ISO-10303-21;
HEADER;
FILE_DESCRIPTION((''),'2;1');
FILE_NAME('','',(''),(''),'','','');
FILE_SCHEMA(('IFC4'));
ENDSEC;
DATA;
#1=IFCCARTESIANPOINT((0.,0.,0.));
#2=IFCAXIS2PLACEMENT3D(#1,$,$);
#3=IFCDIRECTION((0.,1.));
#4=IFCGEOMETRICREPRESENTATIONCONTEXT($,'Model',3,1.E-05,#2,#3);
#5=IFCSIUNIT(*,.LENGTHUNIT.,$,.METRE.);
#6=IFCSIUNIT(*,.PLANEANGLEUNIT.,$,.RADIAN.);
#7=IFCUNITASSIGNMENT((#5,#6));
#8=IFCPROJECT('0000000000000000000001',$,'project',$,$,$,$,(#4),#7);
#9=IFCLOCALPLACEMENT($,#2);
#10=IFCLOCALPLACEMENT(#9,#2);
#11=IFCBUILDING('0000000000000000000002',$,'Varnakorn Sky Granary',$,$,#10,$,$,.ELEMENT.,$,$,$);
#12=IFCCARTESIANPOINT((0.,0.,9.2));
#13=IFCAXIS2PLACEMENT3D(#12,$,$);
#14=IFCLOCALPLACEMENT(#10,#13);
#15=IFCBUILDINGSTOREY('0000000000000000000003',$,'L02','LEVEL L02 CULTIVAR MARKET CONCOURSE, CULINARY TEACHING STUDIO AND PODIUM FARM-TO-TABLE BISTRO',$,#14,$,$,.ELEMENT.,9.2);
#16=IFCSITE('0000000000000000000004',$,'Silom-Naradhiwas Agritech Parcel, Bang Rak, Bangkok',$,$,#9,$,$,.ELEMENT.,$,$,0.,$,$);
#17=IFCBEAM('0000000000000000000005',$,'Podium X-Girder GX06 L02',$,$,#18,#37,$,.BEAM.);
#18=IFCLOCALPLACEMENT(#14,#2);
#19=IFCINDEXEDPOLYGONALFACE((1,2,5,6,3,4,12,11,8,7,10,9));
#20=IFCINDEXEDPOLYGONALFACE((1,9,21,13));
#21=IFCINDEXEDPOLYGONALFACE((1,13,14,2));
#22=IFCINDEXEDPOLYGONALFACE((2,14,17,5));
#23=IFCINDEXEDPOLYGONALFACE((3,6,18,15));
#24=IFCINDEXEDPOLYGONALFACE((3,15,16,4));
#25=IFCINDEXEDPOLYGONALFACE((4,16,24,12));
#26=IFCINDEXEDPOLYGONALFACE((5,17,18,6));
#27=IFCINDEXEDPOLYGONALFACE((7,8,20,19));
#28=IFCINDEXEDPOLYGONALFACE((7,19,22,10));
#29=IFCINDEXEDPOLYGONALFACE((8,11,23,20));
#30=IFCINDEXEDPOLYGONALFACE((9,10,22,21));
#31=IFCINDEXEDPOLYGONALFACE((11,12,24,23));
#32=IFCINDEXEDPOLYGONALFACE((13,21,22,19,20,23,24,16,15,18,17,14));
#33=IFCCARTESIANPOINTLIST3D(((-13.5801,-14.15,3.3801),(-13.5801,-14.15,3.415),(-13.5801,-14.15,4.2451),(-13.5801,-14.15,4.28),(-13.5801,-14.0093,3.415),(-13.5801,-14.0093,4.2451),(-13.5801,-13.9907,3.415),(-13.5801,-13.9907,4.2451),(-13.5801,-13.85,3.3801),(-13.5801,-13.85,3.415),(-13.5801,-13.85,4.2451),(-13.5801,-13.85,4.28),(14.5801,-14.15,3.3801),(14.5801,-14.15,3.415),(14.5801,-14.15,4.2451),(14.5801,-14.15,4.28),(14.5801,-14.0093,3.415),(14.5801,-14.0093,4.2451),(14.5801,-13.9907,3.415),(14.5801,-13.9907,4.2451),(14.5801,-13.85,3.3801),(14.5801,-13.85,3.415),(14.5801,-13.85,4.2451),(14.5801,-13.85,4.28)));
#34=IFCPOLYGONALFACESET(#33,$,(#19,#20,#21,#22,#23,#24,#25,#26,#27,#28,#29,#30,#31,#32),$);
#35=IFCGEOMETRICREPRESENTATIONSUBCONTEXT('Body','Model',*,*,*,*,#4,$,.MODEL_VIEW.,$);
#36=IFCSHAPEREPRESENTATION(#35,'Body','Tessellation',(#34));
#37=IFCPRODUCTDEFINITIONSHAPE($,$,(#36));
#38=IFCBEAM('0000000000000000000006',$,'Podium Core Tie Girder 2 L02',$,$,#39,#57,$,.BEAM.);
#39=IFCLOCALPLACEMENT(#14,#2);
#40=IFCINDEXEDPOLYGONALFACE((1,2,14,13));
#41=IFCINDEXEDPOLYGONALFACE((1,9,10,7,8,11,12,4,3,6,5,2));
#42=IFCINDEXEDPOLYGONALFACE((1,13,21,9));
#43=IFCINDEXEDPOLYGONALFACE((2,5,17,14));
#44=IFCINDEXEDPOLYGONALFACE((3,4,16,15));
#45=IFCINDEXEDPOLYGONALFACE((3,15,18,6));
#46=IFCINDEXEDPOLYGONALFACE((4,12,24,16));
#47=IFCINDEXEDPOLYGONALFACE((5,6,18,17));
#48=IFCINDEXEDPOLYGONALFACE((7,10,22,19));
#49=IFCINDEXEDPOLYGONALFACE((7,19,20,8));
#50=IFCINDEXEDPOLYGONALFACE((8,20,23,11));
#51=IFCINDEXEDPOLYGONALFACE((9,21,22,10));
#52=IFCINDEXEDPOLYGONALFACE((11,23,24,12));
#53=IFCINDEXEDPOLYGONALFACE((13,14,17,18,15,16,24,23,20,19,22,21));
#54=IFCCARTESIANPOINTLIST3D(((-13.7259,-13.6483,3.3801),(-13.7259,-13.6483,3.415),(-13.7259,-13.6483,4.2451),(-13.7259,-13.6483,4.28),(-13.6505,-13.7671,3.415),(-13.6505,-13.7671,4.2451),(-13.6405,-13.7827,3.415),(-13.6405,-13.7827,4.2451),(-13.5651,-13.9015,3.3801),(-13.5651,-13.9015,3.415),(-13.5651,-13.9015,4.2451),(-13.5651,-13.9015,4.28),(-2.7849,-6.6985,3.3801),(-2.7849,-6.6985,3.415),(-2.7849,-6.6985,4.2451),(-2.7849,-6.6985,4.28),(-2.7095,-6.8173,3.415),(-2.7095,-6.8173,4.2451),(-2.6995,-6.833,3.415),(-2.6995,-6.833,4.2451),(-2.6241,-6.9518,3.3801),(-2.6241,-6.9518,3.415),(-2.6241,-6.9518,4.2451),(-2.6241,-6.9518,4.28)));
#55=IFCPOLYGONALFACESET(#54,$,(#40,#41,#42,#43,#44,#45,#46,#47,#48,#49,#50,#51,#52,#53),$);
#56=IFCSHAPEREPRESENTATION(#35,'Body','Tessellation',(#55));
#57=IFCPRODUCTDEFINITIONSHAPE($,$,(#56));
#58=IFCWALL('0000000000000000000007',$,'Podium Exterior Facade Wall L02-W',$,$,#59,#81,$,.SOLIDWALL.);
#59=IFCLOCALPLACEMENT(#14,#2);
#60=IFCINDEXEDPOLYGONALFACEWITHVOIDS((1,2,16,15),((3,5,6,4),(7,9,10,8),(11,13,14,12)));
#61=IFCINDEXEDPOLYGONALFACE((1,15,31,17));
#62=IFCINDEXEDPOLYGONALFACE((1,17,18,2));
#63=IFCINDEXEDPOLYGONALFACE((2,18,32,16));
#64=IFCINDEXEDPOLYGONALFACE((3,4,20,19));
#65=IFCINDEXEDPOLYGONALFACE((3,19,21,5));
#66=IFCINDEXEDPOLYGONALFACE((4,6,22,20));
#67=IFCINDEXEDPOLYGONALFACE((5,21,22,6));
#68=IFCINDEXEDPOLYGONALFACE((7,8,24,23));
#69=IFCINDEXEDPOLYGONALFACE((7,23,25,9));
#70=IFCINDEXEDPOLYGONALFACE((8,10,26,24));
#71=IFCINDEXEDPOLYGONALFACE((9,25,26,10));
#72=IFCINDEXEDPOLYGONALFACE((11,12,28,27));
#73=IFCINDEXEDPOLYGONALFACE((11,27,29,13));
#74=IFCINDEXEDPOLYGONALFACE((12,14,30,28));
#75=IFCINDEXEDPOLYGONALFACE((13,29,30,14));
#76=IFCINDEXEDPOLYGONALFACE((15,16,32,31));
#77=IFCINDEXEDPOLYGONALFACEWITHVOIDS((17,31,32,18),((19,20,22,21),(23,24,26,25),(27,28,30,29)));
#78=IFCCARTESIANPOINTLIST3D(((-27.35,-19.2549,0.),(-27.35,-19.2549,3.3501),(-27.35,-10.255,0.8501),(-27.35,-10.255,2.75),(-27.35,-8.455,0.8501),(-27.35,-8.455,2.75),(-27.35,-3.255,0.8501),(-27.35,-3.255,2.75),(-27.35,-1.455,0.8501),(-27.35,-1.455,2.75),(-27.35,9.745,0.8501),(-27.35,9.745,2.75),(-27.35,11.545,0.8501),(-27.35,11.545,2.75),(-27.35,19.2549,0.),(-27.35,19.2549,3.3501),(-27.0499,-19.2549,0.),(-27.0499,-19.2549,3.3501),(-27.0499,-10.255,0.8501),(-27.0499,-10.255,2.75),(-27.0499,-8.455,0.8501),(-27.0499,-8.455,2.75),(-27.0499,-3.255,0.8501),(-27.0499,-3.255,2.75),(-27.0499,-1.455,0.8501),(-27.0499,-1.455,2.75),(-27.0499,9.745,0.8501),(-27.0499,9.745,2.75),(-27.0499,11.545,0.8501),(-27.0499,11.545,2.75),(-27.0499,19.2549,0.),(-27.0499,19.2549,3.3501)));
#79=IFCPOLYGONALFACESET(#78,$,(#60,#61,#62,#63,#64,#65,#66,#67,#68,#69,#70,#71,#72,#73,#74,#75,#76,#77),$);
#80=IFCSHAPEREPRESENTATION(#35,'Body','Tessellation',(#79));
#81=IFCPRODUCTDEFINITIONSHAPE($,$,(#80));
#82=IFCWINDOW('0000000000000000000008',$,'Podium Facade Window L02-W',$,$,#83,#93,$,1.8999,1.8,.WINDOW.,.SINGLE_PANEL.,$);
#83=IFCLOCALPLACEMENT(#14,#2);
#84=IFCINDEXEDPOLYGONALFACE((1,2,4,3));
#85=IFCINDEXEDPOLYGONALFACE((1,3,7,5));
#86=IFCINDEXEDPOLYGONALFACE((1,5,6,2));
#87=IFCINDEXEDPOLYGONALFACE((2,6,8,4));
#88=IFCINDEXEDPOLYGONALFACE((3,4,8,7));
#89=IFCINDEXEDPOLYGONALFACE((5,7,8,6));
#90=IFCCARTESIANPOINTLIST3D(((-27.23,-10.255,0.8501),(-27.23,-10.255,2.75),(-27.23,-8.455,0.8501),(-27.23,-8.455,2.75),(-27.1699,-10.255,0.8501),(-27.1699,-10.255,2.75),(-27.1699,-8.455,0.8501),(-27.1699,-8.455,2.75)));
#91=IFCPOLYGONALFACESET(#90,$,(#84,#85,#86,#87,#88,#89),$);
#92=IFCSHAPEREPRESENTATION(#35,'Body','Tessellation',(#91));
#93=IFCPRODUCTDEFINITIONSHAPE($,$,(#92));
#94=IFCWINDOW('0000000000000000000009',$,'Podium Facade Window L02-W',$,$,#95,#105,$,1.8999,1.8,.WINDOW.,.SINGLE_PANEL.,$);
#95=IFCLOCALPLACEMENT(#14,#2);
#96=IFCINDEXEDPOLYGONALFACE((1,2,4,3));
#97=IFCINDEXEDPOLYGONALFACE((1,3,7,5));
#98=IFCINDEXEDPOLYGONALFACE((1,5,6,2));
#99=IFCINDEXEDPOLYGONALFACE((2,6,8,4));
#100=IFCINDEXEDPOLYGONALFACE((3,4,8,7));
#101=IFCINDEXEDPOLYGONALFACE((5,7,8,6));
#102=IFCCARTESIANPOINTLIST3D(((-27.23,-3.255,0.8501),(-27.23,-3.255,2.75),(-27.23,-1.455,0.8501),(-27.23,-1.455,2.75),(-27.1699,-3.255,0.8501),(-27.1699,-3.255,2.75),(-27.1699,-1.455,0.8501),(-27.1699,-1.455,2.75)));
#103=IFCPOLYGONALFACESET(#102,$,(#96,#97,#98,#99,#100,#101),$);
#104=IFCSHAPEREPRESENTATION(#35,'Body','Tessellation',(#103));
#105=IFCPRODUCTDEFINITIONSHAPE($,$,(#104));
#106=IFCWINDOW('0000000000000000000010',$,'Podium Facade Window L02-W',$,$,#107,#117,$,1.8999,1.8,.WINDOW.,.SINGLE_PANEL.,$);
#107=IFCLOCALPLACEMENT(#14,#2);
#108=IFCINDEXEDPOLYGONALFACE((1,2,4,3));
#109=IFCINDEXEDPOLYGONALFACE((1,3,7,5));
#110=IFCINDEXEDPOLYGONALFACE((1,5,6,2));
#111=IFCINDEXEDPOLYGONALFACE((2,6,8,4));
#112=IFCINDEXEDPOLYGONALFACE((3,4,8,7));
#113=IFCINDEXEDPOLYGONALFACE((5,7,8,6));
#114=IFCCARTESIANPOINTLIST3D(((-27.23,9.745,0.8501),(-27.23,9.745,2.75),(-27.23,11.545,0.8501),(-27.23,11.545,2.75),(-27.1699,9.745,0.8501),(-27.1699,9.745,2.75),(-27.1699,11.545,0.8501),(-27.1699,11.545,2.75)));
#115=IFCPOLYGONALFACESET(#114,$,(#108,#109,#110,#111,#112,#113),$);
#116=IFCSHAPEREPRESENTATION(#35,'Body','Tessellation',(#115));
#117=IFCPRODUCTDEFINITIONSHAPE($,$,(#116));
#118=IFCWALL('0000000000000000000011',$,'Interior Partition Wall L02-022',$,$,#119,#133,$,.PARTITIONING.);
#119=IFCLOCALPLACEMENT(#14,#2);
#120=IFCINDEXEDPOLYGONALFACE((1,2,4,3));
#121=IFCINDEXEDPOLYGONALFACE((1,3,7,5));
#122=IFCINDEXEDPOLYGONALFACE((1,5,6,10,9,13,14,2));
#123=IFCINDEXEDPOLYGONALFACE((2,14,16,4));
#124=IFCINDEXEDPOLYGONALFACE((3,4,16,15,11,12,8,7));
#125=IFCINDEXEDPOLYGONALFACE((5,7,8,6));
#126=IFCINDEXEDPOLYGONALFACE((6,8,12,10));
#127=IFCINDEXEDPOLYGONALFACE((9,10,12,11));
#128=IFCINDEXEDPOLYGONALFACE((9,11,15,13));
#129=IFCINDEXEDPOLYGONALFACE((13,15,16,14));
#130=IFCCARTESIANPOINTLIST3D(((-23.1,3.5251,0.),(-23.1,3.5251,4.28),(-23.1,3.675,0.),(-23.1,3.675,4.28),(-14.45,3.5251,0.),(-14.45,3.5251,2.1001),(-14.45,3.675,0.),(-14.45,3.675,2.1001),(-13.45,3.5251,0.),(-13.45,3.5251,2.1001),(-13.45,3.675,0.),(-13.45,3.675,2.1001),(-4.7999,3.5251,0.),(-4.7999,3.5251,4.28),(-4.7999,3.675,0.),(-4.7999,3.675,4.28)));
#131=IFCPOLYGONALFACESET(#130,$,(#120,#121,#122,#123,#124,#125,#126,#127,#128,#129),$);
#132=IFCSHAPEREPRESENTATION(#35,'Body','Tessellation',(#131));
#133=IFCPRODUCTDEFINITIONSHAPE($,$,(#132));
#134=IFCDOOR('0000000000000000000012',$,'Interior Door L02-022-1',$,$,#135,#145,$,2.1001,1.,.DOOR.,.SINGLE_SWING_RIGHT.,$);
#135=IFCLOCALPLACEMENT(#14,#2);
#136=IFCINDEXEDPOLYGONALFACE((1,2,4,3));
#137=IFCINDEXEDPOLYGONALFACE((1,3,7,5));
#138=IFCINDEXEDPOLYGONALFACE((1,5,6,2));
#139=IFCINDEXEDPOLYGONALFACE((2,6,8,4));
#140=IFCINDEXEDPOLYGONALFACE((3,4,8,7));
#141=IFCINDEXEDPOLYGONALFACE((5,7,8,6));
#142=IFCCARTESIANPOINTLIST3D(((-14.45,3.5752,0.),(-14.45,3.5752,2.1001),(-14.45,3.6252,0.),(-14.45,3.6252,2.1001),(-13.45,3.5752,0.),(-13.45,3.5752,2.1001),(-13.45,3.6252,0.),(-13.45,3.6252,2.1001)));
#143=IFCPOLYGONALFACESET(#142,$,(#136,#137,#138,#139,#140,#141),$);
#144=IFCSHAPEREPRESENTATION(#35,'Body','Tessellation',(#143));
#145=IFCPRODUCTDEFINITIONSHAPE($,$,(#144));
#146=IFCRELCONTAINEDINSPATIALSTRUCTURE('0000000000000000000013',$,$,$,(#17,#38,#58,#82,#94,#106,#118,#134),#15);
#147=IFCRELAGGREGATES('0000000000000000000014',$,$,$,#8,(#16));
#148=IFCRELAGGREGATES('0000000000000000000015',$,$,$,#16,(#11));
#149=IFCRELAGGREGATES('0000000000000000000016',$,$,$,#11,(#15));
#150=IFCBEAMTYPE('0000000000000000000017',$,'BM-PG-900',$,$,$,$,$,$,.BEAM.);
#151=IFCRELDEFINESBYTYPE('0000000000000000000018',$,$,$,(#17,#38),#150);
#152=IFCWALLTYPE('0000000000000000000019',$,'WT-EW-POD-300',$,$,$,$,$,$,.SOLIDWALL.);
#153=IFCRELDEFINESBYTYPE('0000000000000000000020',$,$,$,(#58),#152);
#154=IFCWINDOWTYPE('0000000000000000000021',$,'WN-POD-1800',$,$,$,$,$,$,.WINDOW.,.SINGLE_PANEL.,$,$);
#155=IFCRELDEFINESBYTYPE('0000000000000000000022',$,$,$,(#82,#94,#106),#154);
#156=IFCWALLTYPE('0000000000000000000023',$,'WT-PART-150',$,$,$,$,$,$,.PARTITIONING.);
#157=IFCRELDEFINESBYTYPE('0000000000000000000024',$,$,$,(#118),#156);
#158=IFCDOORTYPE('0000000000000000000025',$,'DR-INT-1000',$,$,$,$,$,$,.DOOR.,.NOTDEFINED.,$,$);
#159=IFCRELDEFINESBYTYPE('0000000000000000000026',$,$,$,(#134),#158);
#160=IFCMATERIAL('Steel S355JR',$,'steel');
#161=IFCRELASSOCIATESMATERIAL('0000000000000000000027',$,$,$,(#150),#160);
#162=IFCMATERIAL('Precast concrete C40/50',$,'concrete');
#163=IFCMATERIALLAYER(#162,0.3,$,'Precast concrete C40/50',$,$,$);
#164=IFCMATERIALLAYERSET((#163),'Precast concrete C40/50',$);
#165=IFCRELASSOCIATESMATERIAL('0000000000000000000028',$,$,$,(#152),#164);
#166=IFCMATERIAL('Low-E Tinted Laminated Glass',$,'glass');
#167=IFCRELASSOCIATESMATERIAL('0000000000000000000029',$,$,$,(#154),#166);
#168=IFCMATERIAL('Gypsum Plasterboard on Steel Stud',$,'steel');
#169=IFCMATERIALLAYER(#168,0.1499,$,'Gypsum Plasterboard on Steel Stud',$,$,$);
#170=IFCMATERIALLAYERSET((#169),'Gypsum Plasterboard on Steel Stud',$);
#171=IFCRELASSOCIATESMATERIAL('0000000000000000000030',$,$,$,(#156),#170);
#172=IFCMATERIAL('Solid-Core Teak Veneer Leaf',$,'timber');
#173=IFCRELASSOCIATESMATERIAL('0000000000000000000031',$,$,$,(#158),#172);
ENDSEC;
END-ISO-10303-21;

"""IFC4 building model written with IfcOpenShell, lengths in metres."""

from ifc_helpers import new_model, si_unit, direction, frame, frame_2d, origin, origin_2d, place, context, subcontext, project, spatial, rectangle, i_section, extrude, material, layer, layer_set, material_profile, profile_set, type_object, element, fill, save


model = new_model("IFC4")

# Units and contexts
model_context = context("Model", 3, precision=1e-05, world=origin(), true_north=direction((0.0, 1.0)))
body_context = subcontext(model_context, "Body", "Model", "MODEL_VIEW")
ifc_project = project(units=[si_unit("LENGTHUNIT", "METRE"), si_unit("PLANEANGLEUNIT", "RADIAN")], contexts=[model_context])

# Site, building, storey
site_placement = place(None, origin())
site = spatial("IfcSite", under=ifc_project, at=site_placement, Name="Silom-Naradhiwas Agritech Parcel, Bang Rak, Bangkok", CompositionType="ELEMENT", RefElevation=0.0)
building_placement = place(site_placement, origin())
building = spatial("IfcBuilding", under=site, at=building_placement, Name="Varnakorn Sky Granary", CompositionType="ELEMENT")
storey_placement = place(building_placement, frame((0.0, 0.0, 9.2)))
storey = spatial("IfcBuildingStorey", under=building, at=storey_placement, Name="L02", Description="LEVEL L02 CULTIVAR MARKET CONCOURSE, CULINARY TEACHING STUDIO AND PODIUM FARM-TO-TABLE BISTRO", CompositionType="ELEMENT", Elevation=9.2)

# Beams
ifc_material_1 = material(Name="Steel S355JR", Category="steel")
ifc_material_profile_1 = material_profile(ifc_material_1, i_section(OverallWidth=0.3, OverallDepth=0.8999, WebThickness=0.0186, FlangeThickness=0.0349, at=origin_2d()), Name="HE 900 B")
ifc_profile_set_1 = profile_set([ifc_material_profile_1], Name="Steel S355JR")
beam_type_1 = type_object("IfcBeamType", Name="BM-PG-900", PredefinedType="BEAM", material=ifc_profile_set_1)
for number, where, z_axis, x_axis, name in (
    (1, (-13.5801, -14.0, 3.8301), (1.0, 0.0, 0.0), (0.0, 1.0, 0.0), "Podium X-Girder GX06 L02"),
):
    element("IfcBeam", number, at=place(storey_placement, frame(where, z_axis=z_axis, x_axis=x_axis)), inside=storey, type_object=beam_type_1, Name=name, PredefinedType="BEAM", context=body_context, shape_type="SweptSolid", body=[
        extrude(i_section(OverallWidth=0.3, OverallDepth=0.8999, WebThickness=0.0186, FlangeThickness=0.0349, at=origin_2d()), origin(), (0.0, 0.0, 1.0), 28.1602),
    ])
beam_1_placement = place(storey_placement, frame((-13.6455, -13.7749, 3.8301), z_axis=(0.844105, 0.536178, 0.0), x_axis=(-0.536178, 0.844105, 0.0)))
element("IfcBeam", 2, at=beam_1_placement, inside=storey, type_object=beam_type_1, Name="Podium Core Tie Girder 2 L02", PredefinedType="BEAM", context=body_context, shape_type="SweptSolid", body=[
    extrude(i_section(OverallWidth=0.3, OverallDepth=0.8999, WebThickness=0.0186, FlangeThickness=0.0349, at=origin_2d()), origin(), (0.0, 0.0, 1.0), 12.9617),
])

# Wall, openings, windows
ifc_material_2 = material(Name="Precast concrete C40/50", Category="concrete")
ifc_layer_1 = layer(ifc_material_2, 0.3, Name="Precast concrete C40/50")
ifc_layer_set_1 = layer_set([ifc_layer_1], Name="Precast concrete C40/50")
wall_type_1 = type_object("IfcWallType", Name="WT-EW-POD-300", PredefinedType="SOLIDWALL", material=ifc_layer_set_1)
wall_1_placement = place(storey_placement, frame((-27.2, -19.2549, 0.0), z_axis=(0.0, 0.0, 1.0), x_axis=(0.0, 1.0, 0.0)))
wall_1 = element("IfcWall", 3, at=wall_1_placement, inside=storey, type_object=wall_type_1, Name="Podium Exterior Facade Wall L02-W", PredefinedType="SOLIDWALL", context=body_context, shape_type="SweptSolid", body=[
    extrude(rectangle(XDim=38.5098, YDim=0.3, at=frame_2d((19.2549, 0.0))), origin(), (0.0, 0.0, 1.0), 3.3501),
])
opening_1_placement = place(wall_1_placement, frame((9.0, 0.0, 0.8501)))
opening_1 = element("IfcOpeningElement", 4, at=opening_1_placement, cuts=wall_1, PredefinedType="OPENING", context=body_context, shape_type="SweptSolid", body=[
    extrude(rectangle(XDim=1.8, YDim=1.8999, at=frame_2d((0.8999, 0.95))), frame((0.0, 0.1602, 0.0), z_axis=(0.0, -1.0, 0.0), x_axis=(1.0, 0.0, 0.0)), (0.0, 0.0, 1.0), 0.3201),
])
opening_2_placement = place(wall_1_placement, frame((16.0, 0.0, 0.8501)))
opening_2 = element("IfcOpeningElement", 5, at=opening_2_placement, cuts=wall_1, PredefinedType="OPENING", context=body_context, shape_type="SweptSolid", body=[
    extrude(rectangle(XDim=1.8, YDim=1.8999, at=frame_2d((0.8999, 0.95))), frame((0.0, 0.1602, 0.0), z_axis=(0.0, -1.0, 0.0), x_axis=(1.0, 0.0, 0.0)), (0.0, 0.0, 1.0), 0.3201),
])
opening_3_placement = place(wall_1_placement, frame((29.0, 0.0, 0.8501)))
opening_3 = element("IfcOpeningElement", 6, at=opening_3_placement, cuts=wall_1, PredefinedType="OPENING", context=body_context, shape_type="SweptSolid", body=[
    extrude(rectangle(XDim=1.8, YDim=1.8999, at=frame_2d((0.8999, 0.95))), frame((0.0, 0.1602, 0.0), z_axis=(0.0, -1.0, 0.0), x_axis=(1.0, 0.0, 0.0)), (0.0, 0.0, 1.0), 0.3201),
])
ifc_material_3 = material(Name="Low-E Tinted Laminated Glass", Category="glass")
window_type = type_object("IfcWindowType", Name="WN-POD-1800", PartitioningType="SINGLE_PANEL", PredefinedType="WINDOW", material=ifc_material_3)
window_1_placement = place(opening_1_placement, origin())
window_1 = element("IfcWindow", 7, at=window_1_placement, inside=storey, type_object=window_type, Name="Podium Facade Window L02-W", OverallHeight=1.8999, OverallWidth=1.8, PartitioningType="SINGLE_PANEL", PredefinedType="WINDOW", context=body_context, shape_type="SweptSolid", body=[
    extrude(rectangle(XDim=1.8, YDim=1.8999, at=frame_2d((0.8999, 0.95))), frame((0.0, 0.03, 0.0), z_axis=(0.0, -1.0, 0.0), x_axis=(1.0, 0.0, 0.0)), (0.0, 0.0, 1.0), 0.0601),
])
fill(opening_1, window_1)
window_2_placement = place(opening_2_placement, origin())
window_2 = element("IfcWindow", 8, at=window_2_placement, inside=storey, type_object=window_type, Name="Podium Facade Window L02-W", OverallHeight=1.8999, OverallWidth=1.8, PartitioningType="SINGLE_PANEL", PredefinedType="WINDOW", context=body_context, shape_type="SweptSolid", body=[
    extrude(rectangle(XDim=1.8, YDim=1.8999, at=frame_2d((0.8999, 0.95))), frame((0.0, 0.03, 0.0), z_axis=(0.0, -1.0, 0.0), x_axis=(1.0, 0.0, 0.0)), (0.0, 0.0, 1.0), 0.0601),
])
fill(opening_2, window_2)
window_3_placement = place(opening_3_placement, origin())
window_3 = element("IfcWindow", 9, at=window_3_placement, inside=storey, type_object=window_type, Name="Podium Facade Window L02-W", OverallHeight=1.8999, OverallWidth=1.8, PartitioningType="SINGLE_PANEL", PredefinedType="WINDOW", context=body_context, shape_type="SweptSolid", body=[
    extrude(rectangle(XDim=1.8, YDim=1.8999, at=frame_2d((0.8999, 0.95))), frame((0.0, 0.03, 0.0), z_axis=(0.0, -1.0, 0.0), x_axis=(1.0, 0.0, 0.0)), (0.0, 0.0, 1.0), 0.0601),
])
fill(opening_3, window_3)

# Wall, opening, door
ifc_material_4 = material(Name="Gypsum Plasterboard on Steel Stud", Category="steel")
ifc_layer_2 = layer(ifc_material_4, 0.1499, Name="Gypsum Plasterboard on Steel Stud")
ifc_layer_set_2 = layer_set([ifc_layer_2], Name="Gypsum Plasterboard on Steel Stud")
wall_type_2 = type_object("IfcWallType", Name="WT-PART-150", PredefinedType="PARTITIONING", material=ifc_layer_set_2)
wall_2_placement = place(storey_placement, frame((-4.8, 3.6001, 0.0), z_axis=(0.0, 0.0, 1.0), x_axis=(-1.0, 0.0, 0.0)))
wall_2 = element("IfcWall", 10, at=wall_2_placement, inside=storey, type_object=wall_type_2, Name="Interior Partition Wall L02-022", PredefinedType="PARTITIONING", context=body_context, shape_type="SweptSolid", body=[
    extrude(rectangle(XDim=18.3, YDim=0.1499, at=frame_2d((9.1499, 0.0))), origin(), (0.0, 0.0, 1.0), 4.28),
])
opening_4_placement = place(wall_2_placement, frame((8.6499, 0.0, 0.0)))
opening_4 = element("IfcOpeningElement", 11, at=opening_4_placement, cuts=wall_2, PredefinedType="OPENING", context=body_context, shape_type="SweptSolid", body=[
    extrude(rectangle(XDim=1.0, YDim=2.1001, at=frame_2d((0.5, 1.05))), frame((0.0, 0.085, 0.0), z_axis=(0.0, -1.0, 0.0), x_axis=(1.0, 0.0, 0.0)), (0.0, 0.0, 1.0), 0.1699),
])
ifc_material_5 = material(Name="Solid-Core Teak Veneer Leaf", Category="timber")
door_type = type_object("IfcDoorType", Name="DR-INT-1000", OperationType="NOTDEFINED", PredefinedType="DOOR", material=ifc_material_5)
door_1_placement = place(opening_4_placement, origin())
door_1 = element("IfcDoor", 12, at=door_1_placement, inside=storey, type_object=door_type, Name="Interior Door L02-022-1", OperationType="SINGLE_SWING_RIGHT", OverallHeight=2.1001, OverallWidth=1.0, PredefinedType="DOOR", context=body_context, shape_type="SweptSolid", body=[
    extrude(rectangle(XDim=1.0, YDim=2.1001, at=frame_2d((0.5, 1.05))), frame((0.0, 0.0249, 0.0), z_axis=(0.0, -1.0, 0.0), x_axis=(1.0, 0.0, 0.0)), (0.0, 0.0, 1.0), 0.05),
])
fill(opening_4, door_1)

save(model, "model.ifc")
